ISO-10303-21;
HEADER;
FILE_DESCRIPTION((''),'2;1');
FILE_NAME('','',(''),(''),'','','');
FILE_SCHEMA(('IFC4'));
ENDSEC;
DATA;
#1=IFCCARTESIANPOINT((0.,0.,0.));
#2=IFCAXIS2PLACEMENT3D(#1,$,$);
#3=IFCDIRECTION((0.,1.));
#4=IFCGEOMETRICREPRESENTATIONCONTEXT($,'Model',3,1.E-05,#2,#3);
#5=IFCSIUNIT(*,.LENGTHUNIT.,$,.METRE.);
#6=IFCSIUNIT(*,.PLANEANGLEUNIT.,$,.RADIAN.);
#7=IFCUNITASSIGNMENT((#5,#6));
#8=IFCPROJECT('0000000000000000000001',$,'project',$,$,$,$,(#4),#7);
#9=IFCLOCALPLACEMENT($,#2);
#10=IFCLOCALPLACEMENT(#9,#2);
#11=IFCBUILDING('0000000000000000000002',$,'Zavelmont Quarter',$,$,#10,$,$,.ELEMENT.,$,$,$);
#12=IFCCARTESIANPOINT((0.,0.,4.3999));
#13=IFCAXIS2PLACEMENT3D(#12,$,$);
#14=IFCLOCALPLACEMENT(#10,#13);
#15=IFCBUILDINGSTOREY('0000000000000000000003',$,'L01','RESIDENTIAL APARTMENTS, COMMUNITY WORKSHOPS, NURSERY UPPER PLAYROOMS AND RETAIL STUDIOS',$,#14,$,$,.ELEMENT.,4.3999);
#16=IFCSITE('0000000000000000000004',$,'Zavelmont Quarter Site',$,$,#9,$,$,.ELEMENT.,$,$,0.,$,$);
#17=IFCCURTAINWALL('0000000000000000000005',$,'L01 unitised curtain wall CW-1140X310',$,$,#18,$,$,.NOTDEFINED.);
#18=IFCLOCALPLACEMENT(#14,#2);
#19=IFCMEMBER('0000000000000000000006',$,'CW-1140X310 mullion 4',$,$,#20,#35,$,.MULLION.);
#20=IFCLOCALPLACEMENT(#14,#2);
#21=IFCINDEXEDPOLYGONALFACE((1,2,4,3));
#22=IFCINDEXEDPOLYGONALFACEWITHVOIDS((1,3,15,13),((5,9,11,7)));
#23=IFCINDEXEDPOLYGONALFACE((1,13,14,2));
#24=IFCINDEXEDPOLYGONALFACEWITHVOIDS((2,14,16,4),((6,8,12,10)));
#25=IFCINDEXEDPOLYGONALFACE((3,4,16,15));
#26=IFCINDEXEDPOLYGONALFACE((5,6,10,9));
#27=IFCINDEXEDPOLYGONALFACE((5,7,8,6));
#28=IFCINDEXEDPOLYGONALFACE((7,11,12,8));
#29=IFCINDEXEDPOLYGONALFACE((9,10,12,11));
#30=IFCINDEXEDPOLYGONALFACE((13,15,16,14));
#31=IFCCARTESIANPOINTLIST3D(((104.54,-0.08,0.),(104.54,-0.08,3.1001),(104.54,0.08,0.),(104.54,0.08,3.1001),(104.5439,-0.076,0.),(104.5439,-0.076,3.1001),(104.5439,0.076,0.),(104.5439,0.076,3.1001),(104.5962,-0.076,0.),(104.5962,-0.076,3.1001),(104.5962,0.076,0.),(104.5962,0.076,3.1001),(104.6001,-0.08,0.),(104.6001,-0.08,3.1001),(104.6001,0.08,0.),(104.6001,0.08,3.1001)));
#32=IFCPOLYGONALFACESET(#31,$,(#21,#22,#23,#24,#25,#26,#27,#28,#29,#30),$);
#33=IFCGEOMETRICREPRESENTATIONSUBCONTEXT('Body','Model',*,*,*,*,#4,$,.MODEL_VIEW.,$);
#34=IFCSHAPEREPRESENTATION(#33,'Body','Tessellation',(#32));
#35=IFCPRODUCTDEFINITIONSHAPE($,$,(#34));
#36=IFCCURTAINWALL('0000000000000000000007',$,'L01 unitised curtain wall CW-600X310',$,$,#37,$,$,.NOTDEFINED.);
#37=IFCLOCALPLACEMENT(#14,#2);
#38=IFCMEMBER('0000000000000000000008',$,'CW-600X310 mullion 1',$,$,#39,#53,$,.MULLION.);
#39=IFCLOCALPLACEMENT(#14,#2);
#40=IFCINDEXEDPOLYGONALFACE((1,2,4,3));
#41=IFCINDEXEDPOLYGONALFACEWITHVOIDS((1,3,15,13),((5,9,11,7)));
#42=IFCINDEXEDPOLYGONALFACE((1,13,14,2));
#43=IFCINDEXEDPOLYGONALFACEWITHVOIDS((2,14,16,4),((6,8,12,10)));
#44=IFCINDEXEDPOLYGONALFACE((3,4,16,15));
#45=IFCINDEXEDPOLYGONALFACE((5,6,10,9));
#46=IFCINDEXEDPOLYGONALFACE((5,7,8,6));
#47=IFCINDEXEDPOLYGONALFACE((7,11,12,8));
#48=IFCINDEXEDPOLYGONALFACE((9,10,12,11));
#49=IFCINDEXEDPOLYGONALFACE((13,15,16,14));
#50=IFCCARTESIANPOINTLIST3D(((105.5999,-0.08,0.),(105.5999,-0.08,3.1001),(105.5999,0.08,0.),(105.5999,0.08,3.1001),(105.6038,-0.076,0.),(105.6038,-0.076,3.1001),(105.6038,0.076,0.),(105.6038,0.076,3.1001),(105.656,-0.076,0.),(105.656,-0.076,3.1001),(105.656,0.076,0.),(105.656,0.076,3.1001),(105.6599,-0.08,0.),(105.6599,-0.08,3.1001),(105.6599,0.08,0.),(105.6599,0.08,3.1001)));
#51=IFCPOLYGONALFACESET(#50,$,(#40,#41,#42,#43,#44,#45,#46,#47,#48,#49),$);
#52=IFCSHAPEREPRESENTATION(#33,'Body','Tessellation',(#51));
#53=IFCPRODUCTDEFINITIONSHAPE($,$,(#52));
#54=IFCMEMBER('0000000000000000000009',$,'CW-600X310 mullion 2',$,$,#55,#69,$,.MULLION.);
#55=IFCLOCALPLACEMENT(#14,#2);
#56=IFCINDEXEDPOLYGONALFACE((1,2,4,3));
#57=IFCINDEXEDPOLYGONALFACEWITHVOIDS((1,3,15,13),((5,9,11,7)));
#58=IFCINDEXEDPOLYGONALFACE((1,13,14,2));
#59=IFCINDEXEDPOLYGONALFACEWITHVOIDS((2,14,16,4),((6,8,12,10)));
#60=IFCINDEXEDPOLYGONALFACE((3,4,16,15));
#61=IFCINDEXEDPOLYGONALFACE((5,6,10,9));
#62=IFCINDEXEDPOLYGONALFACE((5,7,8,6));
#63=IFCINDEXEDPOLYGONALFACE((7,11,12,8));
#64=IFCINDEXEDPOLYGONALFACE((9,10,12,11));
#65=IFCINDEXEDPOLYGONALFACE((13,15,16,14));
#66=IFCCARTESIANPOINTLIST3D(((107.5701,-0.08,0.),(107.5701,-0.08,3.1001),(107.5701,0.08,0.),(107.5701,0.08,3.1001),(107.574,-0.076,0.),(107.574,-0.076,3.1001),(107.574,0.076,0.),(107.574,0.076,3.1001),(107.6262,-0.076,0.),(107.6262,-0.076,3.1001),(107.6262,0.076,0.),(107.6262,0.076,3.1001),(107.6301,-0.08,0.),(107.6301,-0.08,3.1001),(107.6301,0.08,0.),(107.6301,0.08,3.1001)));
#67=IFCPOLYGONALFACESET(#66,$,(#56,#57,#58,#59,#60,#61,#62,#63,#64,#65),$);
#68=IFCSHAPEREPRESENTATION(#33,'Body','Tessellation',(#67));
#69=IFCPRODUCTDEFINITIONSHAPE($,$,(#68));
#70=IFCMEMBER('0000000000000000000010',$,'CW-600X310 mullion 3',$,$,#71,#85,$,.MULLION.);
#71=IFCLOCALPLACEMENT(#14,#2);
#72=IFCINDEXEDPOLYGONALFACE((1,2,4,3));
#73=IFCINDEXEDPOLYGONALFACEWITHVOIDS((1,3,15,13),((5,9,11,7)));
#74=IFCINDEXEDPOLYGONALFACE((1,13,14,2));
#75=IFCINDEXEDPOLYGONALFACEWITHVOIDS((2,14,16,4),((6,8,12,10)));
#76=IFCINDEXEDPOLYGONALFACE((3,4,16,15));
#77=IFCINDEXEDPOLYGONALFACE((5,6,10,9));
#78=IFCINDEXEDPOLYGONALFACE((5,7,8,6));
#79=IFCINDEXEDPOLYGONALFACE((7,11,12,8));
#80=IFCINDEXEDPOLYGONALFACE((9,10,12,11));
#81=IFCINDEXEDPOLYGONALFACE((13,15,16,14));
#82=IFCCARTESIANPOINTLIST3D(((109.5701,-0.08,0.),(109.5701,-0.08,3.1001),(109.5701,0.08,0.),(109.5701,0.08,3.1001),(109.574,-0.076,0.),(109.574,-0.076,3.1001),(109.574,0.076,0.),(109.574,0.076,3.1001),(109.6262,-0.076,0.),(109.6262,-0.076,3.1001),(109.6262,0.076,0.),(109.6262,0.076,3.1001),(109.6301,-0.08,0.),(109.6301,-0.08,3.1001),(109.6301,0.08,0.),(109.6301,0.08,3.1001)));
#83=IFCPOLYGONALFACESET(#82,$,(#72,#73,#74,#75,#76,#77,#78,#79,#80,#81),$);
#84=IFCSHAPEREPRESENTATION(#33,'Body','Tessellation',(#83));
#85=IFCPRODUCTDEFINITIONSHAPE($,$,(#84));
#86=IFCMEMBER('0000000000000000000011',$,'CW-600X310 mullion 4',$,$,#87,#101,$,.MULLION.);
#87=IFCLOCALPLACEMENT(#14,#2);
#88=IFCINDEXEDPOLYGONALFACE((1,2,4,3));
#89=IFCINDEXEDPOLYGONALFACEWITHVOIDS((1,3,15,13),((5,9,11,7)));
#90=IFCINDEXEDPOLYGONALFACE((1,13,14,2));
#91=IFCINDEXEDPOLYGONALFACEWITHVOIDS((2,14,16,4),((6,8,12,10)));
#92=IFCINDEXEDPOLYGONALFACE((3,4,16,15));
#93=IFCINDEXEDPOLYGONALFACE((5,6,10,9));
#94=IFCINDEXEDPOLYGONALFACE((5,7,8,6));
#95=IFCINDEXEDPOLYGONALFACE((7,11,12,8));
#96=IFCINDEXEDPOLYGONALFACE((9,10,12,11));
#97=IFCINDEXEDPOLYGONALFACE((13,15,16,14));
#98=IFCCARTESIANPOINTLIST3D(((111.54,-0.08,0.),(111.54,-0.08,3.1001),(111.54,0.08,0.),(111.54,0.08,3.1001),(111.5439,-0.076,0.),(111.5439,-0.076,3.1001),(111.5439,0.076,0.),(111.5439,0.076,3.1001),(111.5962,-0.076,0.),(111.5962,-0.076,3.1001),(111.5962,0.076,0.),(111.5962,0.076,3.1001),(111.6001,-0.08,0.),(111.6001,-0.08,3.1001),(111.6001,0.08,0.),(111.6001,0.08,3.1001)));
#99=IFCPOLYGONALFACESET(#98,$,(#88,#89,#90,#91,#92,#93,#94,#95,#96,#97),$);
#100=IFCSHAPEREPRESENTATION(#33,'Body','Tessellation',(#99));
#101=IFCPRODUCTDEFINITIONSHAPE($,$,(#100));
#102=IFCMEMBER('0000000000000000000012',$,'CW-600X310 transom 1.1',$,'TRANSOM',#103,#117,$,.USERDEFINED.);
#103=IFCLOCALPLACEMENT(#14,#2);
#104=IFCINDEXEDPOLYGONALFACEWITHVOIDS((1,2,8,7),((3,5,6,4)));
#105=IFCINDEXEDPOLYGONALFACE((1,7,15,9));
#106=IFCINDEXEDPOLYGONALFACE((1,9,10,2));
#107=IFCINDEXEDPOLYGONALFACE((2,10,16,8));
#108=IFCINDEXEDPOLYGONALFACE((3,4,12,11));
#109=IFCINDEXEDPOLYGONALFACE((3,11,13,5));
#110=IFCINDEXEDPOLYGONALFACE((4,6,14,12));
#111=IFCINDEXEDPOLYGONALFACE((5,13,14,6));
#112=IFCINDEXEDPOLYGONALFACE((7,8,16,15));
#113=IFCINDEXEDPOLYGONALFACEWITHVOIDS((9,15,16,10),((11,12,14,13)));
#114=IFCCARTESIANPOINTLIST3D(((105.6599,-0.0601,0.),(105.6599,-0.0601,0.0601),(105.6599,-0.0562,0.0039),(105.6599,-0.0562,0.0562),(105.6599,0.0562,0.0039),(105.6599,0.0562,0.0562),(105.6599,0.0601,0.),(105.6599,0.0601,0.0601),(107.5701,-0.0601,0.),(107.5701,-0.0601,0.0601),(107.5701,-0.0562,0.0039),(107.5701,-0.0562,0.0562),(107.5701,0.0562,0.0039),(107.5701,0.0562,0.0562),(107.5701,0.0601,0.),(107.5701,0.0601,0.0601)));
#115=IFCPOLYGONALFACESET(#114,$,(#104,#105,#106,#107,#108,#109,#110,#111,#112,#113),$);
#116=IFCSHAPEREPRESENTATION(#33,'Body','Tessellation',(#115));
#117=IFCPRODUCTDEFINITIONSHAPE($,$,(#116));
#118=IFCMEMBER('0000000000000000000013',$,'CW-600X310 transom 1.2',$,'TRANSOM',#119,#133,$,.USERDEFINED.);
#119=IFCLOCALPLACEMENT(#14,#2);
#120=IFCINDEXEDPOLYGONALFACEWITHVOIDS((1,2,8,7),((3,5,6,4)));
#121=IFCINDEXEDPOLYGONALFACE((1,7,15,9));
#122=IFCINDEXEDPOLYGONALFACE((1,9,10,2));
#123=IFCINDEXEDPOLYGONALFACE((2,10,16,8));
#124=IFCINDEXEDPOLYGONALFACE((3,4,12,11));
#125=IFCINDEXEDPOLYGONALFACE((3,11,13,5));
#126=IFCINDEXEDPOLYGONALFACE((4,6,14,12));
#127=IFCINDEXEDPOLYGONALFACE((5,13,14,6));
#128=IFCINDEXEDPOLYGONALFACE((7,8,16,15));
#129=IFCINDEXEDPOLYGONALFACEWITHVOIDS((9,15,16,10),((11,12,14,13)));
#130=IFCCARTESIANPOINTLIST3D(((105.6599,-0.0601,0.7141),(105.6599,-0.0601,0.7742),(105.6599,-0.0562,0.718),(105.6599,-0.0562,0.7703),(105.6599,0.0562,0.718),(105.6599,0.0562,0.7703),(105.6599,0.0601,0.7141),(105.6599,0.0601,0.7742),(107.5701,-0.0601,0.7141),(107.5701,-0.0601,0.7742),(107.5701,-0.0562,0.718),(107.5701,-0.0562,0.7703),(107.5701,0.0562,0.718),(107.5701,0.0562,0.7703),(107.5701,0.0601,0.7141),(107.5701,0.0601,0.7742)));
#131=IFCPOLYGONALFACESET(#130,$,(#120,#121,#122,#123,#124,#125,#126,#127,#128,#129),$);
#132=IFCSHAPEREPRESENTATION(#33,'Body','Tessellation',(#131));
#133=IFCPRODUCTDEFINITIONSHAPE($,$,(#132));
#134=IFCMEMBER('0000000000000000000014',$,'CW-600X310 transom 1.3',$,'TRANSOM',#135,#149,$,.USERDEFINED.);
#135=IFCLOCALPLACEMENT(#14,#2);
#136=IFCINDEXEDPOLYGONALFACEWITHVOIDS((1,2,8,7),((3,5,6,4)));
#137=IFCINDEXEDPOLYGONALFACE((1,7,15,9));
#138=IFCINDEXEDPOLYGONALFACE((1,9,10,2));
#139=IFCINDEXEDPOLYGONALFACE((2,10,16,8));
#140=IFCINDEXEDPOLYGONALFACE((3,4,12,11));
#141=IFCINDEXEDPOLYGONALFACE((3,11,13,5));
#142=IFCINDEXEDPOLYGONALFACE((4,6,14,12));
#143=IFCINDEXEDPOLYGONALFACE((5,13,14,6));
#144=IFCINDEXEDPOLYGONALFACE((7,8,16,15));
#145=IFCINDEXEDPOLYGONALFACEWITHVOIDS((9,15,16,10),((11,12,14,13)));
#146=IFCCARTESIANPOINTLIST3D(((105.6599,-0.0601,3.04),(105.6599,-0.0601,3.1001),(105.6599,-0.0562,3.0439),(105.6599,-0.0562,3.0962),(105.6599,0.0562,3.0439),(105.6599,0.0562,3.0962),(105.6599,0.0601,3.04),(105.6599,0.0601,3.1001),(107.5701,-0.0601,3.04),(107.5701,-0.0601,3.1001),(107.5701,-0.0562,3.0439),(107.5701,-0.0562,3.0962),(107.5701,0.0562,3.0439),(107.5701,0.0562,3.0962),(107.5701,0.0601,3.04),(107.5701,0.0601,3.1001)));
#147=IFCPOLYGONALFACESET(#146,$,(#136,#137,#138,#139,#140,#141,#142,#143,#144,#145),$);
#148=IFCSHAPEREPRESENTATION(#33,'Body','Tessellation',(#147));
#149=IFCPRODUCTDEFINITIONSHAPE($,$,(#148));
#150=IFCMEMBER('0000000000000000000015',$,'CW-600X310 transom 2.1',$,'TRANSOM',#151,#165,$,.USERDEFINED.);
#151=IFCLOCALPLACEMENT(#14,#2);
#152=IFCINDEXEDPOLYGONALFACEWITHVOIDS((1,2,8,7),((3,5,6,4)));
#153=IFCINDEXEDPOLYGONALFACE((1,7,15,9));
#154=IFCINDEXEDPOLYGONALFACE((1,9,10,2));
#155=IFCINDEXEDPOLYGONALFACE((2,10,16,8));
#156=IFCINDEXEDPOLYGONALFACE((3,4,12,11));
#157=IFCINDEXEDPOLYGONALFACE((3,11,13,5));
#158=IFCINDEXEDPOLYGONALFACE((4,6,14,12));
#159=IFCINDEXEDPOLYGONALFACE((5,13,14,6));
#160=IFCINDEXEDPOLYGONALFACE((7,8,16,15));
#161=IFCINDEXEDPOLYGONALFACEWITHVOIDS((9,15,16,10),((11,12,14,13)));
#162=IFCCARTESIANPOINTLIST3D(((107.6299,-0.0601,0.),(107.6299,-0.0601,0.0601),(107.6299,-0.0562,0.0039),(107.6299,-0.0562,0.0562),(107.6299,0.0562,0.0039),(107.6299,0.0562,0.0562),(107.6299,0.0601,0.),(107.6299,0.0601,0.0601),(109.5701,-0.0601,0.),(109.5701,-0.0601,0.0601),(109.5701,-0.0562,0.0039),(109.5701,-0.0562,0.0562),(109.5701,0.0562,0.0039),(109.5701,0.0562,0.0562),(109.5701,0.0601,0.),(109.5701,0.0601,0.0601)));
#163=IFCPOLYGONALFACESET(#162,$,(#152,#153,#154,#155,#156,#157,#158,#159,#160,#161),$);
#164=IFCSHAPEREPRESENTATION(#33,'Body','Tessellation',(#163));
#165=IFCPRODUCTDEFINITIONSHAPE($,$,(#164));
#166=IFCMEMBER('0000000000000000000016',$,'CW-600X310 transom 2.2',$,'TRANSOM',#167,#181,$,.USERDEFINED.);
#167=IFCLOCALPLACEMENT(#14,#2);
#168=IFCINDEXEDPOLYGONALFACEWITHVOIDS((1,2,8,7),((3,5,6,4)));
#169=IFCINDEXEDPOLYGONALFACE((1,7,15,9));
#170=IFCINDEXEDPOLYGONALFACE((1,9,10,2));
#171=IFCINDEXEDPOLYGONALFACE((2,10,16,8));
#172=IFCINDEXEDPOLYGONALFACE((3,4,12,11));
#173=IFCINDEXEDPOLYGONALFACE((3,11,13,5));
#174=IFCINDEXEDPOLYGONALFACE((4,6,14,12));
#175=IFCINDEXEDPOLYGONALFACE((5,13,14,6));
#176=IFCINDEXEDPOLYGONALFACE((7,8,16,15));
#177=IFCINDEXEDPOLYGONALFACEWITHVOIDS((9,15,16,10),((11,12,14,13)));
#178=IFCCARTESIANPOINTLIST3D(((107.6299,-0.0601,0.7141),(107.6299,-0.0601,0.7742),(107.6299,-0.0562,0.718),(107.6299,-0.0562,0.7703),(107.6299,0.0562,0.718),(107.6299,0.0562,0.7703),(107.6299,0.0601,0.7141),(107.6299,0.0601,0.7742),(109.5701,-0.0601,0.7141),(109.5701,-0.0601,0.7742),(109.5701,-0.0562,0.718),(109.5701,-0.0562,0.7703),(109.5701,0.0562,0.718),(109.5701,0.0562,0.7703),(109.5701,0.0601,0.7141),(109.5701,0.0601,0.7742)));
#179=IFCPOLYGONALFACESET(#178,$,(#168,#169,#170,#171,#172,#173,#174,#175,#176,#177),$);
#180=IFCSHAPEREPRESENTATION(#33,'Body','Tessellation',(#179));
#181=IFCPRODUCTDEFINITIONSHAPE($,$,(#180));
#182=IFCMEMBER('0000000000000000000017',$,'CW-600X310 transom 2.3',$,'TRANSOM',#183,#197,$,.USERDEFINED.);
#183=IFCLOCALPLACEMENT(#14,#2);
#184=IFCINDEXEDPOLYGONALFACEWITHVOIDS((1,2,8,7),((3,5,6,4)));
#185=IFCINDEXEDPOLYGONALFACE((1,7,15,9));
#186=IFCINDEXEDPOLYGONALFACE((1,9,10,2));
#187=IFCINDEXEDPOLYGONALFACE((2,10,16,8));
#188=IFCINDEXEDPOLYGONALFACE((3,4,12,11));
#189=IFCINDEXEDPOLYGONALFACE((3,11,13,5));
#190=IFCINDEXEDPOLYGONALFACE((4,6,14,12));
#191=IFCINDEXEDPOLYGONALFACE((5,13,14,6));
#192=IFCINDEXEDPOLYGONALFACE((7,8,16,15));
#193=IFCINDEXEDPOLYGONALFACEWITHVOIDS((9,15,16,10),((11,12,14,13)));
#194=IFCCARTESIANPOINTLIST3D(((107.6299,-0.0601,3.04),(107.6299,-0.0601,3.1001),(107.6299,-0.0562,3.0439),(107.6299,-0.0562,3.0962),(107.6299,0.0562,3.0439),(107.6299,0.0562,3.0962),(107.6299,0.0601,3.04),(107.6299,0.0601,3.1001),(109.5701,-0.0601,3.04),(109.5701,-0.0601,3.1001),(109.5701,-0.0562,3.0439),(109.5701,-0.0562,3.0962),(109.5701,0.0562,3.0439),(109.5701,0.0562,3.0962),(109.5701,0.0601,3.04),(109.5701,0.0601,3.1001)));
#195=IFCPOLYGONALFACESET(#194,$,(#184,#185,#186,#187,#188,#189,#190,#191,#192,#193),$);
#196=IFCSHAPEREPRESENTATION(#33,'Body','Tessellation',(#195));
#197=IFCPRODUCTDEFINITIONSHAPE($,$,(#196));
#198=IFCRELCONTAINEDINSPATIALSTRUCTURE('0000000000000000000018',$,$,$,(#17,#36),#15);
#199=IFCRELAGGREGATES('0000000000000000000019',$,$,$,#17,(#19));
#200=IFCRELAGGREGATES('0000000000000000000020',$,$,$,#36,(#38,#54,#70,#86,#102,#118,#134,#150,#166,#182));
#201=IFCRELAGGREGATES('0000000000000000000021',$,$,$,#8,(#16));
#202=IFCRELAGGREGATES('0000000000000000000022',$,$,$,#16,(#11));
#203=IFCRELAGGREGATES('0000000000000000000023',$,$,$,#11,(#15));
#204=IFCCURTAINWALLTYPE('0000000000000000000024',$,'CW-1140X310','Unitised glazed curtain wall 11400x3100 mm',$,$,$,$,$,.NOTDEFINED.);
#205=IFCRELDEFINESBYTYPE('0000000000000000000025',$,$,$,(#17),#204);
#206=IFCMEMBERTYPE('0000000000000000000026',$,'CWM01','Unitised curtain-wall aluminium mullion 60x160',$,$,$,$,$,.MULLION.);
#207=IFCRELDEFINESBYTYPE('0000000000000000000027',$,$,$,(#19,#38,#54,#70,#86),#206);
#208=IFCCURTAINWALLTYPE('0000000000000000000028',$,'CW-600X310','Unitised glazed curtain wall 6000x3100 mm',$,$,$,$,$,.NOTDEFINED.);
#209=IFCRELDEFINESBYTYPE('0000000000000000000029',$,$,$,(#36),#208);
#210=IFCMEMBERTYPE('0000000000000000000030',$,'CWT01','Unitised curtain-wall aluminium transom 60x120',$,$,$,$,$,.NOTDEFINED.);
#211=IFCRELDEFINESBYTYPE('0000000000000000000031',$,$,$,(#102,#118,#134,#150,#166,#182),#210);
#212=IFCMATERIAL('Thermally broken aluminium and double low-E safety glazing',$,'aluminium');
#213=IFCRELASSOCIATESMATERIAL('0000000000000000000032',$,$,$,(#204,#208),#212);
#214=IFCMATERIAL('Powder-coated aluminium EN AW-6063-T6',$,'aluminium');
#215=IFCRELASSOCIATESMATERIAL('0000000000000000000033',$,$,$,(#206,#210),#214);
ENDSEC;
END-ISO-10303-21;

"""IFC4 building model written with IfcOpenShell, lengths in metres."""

from ifc_helpers import new_model, si_unit, direction, frame, origin, origin_2d, place, context, subcontext, project, spatial, hollow_rectangle, extrude, material, material_profile, profile_set, type_object, element, aggregate, save


model = new_model("IFC4")

# Units and contexts
model_context = context("Model", 3, precision=1e-05, world=origin(), true_north=direction((0.0, 1.0)))
body_context = subcontext(model_context, "Body", "Model", "MODEL_VIEW")
ifc_project = project(units=[si_unit("LENGTHUNIT", "METRE"), si_unit("PLANEANGLEUNIT", "RADIAN")], contexts=[model_context])

# Site, building, storey
site_placement = place(None, origin())
site = spatial("IfcSite", under=ifc_project, at=site_placement, Name="Zavelmont Quarter Site", CompositionType="ELEMENT", RefElevation=0.0)
building_placement = place(site_placement, origin())
building = spatial("IfcBuilding", under=site, at=building_placement, Name="Zavelmont Quarter", CompositionType="ELEMENT")
storey_placement = place(building_placement, frame((0.0, 0.0, 4.3999)))
storey = spatial("IfcBuildingStorey", under=building, at=storey_placement, Name="L01", Description="RESIDENTIAL APARTMENTS, COMMUNITY WORKSHOPS, NURSERY UPPER PLAYROOMS AND RETAIL STUDIOS", CompositionType="ELEMENT", Elevation=4.3999)

# Curtain wall, member
ifc_material_1 = material(Name="Thermally broken aluminium and double low-E safety glazing", Category="aluminium")
curtain_wall_type_1 = type_object("IfcCurtainWallType", Name="CW-1140X310", Description="Unitised glazed curtain wall 11400x3100 mm", PredefinedType="NOTDEFINED", material=ifc_material_1)
curtain_wall_1_placement = place(storey_placement, origin())
curtain_wall_1 = element("IfcCurtainWall", 1, at=curtain_wall_1_placement, inside=storey, type_object=curtain_wall_type_1, Name="L01 unitised curtain wall CW-1140X310", PredefinedType="NOTDEFINED")
ifc_material_2 = material(Name="Powder-coated aluminium EN AW-6063-T6", Category="aluminium")
ifc_material_profile_1 = material_profile(ifc_material_2, hollow_rectangle(XDim=0.0601, YDim=0.1599, WallThickness=0.0039, at=origin_2d()), Name="CWM60X160")
ifc_profile_set_1 = profile_set([ifc_material_profile_1], Name="Powder-coated aluminium EN AW-6063-T6")
member_type_1 = type_object("IfcMemberType", Name="CWM01", Description="Unitised curtain-wall aluminium mullion 60x160", PredefinedType="MULLION", material=ifc_profile_set_1)
member_1_placement = place(storey_placement, frame((104.5701, 0.0, 0.0), z_axis=(0.0, 0.0, 1.0), x_axis=(1.0, 0.0, 0.0)))
member_1 = element("IfcMember", 2, at=member_1_placement, type_object=member_type_1, Name="CW-1140X310 mullion 4", PredefinedType="MULLION", context=body_context, shape_type="SweptSolid", body=[
    extrude(hollow_rectangle(XDim=0.0601, YDim=0.1599, WallThickness=0.0039, at=origin_2d()), origin(), (0.0, 0.0, 1.0), 3.1001),
])
aggregate(curtain_wall_1, [member_1])

# Curtain wall, members
curtain_wall_type_2 = type_object("IfcCurtainWallType", Name="CW-600X310", Description="Unitised glazed curtain wall 6000x3100 mm", PredefinedType="NOTDEFINED", material=ifc_material_1)
curtain_wall_2_placement = place(storey_placement, origin())
curtain_wall_2 = element("IfcCurtainWall", 3, at=curtain_wall_2_placement, inside=storey, type_object=curtain_wall_type_2, Name="L01 unitised curtain wall CW-600X310", PredefinedType="NOTDEFINED")
member_2_placement = place(storey_placement, frame((105.6299, 0.0, 0.0), z_axis=(0.0, 0.0, 1.0), x_axis=(1.0, 0.0, 0.0)))
member_2 = element("IfcMember", 4, at=member_2_placement, type_object=member_type_1, Name="CW-600X310 mullion 1", PredefinedType="MULLION", context=body_context, shape_type="SweptSolid", body=[
    extrude(hollow_rectangle(XDim=0.0601, YDim=0.1599, WallThickness=0.0039, at=origin_2d()), origin(), (0.0, 0.0, 1.0), 3.1001),
])
member_3_placement = place(storey_placement, frame((107.6001, 0.0, 0.0), z_axis=(0.0, 0.0, 1.0), x_axis=(1.0, 0.0, 0.0)))
member_3 = element("IfcMember", 5, at=member_3_placement, type_object=member_type_1, Name="CW-600X310 mullion 2", PredefinedType="MULLION", context=body_context, shape_type="SweptSolid", body=[
    extrude(hollow_rectangle(XDim=0.0601, YDim=0.1599, WallThickness=0.0039, at=origin_2d()), origin(), (0.0, 0.0, 1.0), 3.1001),
])
member_4_placement = place(storey_placement, frame((109.6001, 0.0, 0.0), z_axis=(0.0, 0.0, 1.0), x_axis=(1.0, 0.0, 0.0)))
member_4 = element("IfcMember", 6, at=member_4_placement, type_object=member_type_1, Name="CW-600X310 mullion 3", PredefinedType="MULLION", context=body_context, shape_type="SweptSolid", body=[
    extrude(hollow_rectangle(XDim=0.0601, YDim=0.1599, WallThickness=0.0039, at=origin_2d()), origin(), (0.0, 0.0, 1.0), 3.1001),
])
member_5_placement = place(storey_placement, frame((111.5701, 0.0, 0.0), z_axis=(0.0, 0.0, 1.0), x_axis=(1.0, 0.0, 0.0)))
member_5 = element("IfcMember", 7, at=member_5_placement, type_object=member_type_1, Name="CW-600X310 mullion 4", PredefinedType="MULLION", context=body_context, shape_type="SweptSolid", body=[
    extrude(hollow_rectangle(XDim=0.0601, YDim=0.1599, WallThickness=0.0039, at=origin_2d()), origin(), (0.0, 0.0, 1.0), 3.1001),
])
ifc_material_profile_2 = material_profile(ifc_material_2, hollow_rectangle(XDim=0.1201, YDim=0.0601, WallThickness=0.0039, at=origin_2d()), Name="CWT60X120")
ifc_profile_set_2 = profile_set([ifc_material_profile_2], Name="Powder-coated aluminium EN AW-6063-T6")
member_type_2 = type_object("IfcMemberType", Name="CWT01", Description="Unitised curtain-wall aluminium transom 60x120", PredefinedType="NOTDEFINED", material=ifc_profile_set_2)
member_6_placement = place(storey_placement, frame((105.6599, 0.0, 0.03), z_axis=(1.0, 0.0, 0.0), x_axis=(0.0, 1.0, 0.0)))
member_6 = element("IfcMember", 8, at=member_6_placement, type_object=member_type_2, Name="CW-600X310 transom 1.1", ObjectType="TRANSOM", PredefinedType="USERDEFINED", context=body_context, shape_type="SweptSolid", body=[
    extrude(hollow_rectangle(XDim=0.1201, YDim=0.0601, WallThickness=0.0039, at=origin_2d()), origin(), (0.0, 0.0, 1.0), 1.9102),
])
member_7_placement = place(storey_placement, frame((105.6599, 0.0, 0.7441), z_axis=(1.0, 0.0, 0.0), x_axis=(0.0, 1.0, 0.0)))
member_7 = element("IfcMember", 9, at=member_7_placement, type_object=member_type_2, Name="CW-600X310 transom 1.2", ObjectType="TRANSOM", PredefinedType="USERDEFINED", context=body_context, shape_type="SweptSolid", body=[
    extrude(hollow_rectangle(XDim=0.1201, YDim=0.0601, WallThickness=0.0039, at=origin_2d()), origin(), (0.0, 0.0, 1.0), 1.9102),
])
member_8_placement = place(storey_placement, frame((105.6599, 0.0, 3.0701), z_axis=(1.0, 0.0, 0.0), x_axis=(0.0, 1.0, 0.0)))
member_8 = element("IfcMember", 10, at=member_8_placement, type_object=member_type_2, Name="CW-600X310 transom 1.3", ObjectType="TRANSOM", PredefinedType="USERDEFINED", context=body_context, shape_type="SweptSolid", body=[
    extrude(hollow_rectangle(XDim=0.1201, YDim=0.0601, WallThickness=0.0039, at=origin_2d()), origin(), (0.0, 0.0, 1.0), 1.9102),
])
member_9_placement = place(storey_placement, frame((107.6299, 0.0, 0.03), z_axis=(1.0, 0.0, 0.0), x_axis=(0.0, 1.0, 0.0)))
member_9 = element("IfcMember", 11, at=member_9_placement, type_object=member_type_2, Name="CW-600X310 transom 2.1", ObjectType="TRANSOM", PredefinedType="USERDEFINED", context=body_context, shape_type="SweptSolid", body=[
    extrude(hollow_rectangle(XDim=0.1201, YDim=0.0601, WallThickness=0.0039, at=origin_2d()), origin(), (0.0, 0.0, 1.0), 1.9402),
])
member_10_placement = place(storey_placement, frame((107.6299, 0.0, 0.7441), z_axis=(1.0, 0.0, 0.0), x_axis=(0.0, 1.0, 0.0)))
member_10 = element("IfcMember", 12, at=member_10_placement, type_object=member_type_2, Name="CW-600X310 transom 2.2", ObjectType="TRANSOM", PredefinedType="USERDEFINED", context=body_context, shape_type="SweptSolid", body=[
    extrude(hollow_rectangle(XDim=0.1201, YDim=0.0601, WallThickness=0.0039, at=origin_2d()), origin(), (0.0, 0.0, 1.0), 1.9402),
])
member_11_placement = place(storey_placement, frame((107.6299, 0.0, 3.0701), z_axis=(1.0, 0.0, 0.0), x_axis=(0.0, 1.0, 0.0)))
member_11 = element("IfcMember", 13, at=member_11_placement, type_object=member_type_2, Name="CW-600X310 transom 2.3", ObjectType="TRANSOM", PredefinedType="USERDEFINED", context=body_context, shape_type="SweptSolid", body=[
    extrude(hollow_rectangle(XDim=0.1201, YDim=0.0601, WallThickness=0.0039, at=origin_2d()), origin(), (0.0, 0.0, 1.0), 1.9402),
])
aggregate(curtain_wall_2, [member_2, member_3, member_4, member_5, member_6, member_7, member_8, member_9, member_10, member_11])

save(model, "model.ifc")
